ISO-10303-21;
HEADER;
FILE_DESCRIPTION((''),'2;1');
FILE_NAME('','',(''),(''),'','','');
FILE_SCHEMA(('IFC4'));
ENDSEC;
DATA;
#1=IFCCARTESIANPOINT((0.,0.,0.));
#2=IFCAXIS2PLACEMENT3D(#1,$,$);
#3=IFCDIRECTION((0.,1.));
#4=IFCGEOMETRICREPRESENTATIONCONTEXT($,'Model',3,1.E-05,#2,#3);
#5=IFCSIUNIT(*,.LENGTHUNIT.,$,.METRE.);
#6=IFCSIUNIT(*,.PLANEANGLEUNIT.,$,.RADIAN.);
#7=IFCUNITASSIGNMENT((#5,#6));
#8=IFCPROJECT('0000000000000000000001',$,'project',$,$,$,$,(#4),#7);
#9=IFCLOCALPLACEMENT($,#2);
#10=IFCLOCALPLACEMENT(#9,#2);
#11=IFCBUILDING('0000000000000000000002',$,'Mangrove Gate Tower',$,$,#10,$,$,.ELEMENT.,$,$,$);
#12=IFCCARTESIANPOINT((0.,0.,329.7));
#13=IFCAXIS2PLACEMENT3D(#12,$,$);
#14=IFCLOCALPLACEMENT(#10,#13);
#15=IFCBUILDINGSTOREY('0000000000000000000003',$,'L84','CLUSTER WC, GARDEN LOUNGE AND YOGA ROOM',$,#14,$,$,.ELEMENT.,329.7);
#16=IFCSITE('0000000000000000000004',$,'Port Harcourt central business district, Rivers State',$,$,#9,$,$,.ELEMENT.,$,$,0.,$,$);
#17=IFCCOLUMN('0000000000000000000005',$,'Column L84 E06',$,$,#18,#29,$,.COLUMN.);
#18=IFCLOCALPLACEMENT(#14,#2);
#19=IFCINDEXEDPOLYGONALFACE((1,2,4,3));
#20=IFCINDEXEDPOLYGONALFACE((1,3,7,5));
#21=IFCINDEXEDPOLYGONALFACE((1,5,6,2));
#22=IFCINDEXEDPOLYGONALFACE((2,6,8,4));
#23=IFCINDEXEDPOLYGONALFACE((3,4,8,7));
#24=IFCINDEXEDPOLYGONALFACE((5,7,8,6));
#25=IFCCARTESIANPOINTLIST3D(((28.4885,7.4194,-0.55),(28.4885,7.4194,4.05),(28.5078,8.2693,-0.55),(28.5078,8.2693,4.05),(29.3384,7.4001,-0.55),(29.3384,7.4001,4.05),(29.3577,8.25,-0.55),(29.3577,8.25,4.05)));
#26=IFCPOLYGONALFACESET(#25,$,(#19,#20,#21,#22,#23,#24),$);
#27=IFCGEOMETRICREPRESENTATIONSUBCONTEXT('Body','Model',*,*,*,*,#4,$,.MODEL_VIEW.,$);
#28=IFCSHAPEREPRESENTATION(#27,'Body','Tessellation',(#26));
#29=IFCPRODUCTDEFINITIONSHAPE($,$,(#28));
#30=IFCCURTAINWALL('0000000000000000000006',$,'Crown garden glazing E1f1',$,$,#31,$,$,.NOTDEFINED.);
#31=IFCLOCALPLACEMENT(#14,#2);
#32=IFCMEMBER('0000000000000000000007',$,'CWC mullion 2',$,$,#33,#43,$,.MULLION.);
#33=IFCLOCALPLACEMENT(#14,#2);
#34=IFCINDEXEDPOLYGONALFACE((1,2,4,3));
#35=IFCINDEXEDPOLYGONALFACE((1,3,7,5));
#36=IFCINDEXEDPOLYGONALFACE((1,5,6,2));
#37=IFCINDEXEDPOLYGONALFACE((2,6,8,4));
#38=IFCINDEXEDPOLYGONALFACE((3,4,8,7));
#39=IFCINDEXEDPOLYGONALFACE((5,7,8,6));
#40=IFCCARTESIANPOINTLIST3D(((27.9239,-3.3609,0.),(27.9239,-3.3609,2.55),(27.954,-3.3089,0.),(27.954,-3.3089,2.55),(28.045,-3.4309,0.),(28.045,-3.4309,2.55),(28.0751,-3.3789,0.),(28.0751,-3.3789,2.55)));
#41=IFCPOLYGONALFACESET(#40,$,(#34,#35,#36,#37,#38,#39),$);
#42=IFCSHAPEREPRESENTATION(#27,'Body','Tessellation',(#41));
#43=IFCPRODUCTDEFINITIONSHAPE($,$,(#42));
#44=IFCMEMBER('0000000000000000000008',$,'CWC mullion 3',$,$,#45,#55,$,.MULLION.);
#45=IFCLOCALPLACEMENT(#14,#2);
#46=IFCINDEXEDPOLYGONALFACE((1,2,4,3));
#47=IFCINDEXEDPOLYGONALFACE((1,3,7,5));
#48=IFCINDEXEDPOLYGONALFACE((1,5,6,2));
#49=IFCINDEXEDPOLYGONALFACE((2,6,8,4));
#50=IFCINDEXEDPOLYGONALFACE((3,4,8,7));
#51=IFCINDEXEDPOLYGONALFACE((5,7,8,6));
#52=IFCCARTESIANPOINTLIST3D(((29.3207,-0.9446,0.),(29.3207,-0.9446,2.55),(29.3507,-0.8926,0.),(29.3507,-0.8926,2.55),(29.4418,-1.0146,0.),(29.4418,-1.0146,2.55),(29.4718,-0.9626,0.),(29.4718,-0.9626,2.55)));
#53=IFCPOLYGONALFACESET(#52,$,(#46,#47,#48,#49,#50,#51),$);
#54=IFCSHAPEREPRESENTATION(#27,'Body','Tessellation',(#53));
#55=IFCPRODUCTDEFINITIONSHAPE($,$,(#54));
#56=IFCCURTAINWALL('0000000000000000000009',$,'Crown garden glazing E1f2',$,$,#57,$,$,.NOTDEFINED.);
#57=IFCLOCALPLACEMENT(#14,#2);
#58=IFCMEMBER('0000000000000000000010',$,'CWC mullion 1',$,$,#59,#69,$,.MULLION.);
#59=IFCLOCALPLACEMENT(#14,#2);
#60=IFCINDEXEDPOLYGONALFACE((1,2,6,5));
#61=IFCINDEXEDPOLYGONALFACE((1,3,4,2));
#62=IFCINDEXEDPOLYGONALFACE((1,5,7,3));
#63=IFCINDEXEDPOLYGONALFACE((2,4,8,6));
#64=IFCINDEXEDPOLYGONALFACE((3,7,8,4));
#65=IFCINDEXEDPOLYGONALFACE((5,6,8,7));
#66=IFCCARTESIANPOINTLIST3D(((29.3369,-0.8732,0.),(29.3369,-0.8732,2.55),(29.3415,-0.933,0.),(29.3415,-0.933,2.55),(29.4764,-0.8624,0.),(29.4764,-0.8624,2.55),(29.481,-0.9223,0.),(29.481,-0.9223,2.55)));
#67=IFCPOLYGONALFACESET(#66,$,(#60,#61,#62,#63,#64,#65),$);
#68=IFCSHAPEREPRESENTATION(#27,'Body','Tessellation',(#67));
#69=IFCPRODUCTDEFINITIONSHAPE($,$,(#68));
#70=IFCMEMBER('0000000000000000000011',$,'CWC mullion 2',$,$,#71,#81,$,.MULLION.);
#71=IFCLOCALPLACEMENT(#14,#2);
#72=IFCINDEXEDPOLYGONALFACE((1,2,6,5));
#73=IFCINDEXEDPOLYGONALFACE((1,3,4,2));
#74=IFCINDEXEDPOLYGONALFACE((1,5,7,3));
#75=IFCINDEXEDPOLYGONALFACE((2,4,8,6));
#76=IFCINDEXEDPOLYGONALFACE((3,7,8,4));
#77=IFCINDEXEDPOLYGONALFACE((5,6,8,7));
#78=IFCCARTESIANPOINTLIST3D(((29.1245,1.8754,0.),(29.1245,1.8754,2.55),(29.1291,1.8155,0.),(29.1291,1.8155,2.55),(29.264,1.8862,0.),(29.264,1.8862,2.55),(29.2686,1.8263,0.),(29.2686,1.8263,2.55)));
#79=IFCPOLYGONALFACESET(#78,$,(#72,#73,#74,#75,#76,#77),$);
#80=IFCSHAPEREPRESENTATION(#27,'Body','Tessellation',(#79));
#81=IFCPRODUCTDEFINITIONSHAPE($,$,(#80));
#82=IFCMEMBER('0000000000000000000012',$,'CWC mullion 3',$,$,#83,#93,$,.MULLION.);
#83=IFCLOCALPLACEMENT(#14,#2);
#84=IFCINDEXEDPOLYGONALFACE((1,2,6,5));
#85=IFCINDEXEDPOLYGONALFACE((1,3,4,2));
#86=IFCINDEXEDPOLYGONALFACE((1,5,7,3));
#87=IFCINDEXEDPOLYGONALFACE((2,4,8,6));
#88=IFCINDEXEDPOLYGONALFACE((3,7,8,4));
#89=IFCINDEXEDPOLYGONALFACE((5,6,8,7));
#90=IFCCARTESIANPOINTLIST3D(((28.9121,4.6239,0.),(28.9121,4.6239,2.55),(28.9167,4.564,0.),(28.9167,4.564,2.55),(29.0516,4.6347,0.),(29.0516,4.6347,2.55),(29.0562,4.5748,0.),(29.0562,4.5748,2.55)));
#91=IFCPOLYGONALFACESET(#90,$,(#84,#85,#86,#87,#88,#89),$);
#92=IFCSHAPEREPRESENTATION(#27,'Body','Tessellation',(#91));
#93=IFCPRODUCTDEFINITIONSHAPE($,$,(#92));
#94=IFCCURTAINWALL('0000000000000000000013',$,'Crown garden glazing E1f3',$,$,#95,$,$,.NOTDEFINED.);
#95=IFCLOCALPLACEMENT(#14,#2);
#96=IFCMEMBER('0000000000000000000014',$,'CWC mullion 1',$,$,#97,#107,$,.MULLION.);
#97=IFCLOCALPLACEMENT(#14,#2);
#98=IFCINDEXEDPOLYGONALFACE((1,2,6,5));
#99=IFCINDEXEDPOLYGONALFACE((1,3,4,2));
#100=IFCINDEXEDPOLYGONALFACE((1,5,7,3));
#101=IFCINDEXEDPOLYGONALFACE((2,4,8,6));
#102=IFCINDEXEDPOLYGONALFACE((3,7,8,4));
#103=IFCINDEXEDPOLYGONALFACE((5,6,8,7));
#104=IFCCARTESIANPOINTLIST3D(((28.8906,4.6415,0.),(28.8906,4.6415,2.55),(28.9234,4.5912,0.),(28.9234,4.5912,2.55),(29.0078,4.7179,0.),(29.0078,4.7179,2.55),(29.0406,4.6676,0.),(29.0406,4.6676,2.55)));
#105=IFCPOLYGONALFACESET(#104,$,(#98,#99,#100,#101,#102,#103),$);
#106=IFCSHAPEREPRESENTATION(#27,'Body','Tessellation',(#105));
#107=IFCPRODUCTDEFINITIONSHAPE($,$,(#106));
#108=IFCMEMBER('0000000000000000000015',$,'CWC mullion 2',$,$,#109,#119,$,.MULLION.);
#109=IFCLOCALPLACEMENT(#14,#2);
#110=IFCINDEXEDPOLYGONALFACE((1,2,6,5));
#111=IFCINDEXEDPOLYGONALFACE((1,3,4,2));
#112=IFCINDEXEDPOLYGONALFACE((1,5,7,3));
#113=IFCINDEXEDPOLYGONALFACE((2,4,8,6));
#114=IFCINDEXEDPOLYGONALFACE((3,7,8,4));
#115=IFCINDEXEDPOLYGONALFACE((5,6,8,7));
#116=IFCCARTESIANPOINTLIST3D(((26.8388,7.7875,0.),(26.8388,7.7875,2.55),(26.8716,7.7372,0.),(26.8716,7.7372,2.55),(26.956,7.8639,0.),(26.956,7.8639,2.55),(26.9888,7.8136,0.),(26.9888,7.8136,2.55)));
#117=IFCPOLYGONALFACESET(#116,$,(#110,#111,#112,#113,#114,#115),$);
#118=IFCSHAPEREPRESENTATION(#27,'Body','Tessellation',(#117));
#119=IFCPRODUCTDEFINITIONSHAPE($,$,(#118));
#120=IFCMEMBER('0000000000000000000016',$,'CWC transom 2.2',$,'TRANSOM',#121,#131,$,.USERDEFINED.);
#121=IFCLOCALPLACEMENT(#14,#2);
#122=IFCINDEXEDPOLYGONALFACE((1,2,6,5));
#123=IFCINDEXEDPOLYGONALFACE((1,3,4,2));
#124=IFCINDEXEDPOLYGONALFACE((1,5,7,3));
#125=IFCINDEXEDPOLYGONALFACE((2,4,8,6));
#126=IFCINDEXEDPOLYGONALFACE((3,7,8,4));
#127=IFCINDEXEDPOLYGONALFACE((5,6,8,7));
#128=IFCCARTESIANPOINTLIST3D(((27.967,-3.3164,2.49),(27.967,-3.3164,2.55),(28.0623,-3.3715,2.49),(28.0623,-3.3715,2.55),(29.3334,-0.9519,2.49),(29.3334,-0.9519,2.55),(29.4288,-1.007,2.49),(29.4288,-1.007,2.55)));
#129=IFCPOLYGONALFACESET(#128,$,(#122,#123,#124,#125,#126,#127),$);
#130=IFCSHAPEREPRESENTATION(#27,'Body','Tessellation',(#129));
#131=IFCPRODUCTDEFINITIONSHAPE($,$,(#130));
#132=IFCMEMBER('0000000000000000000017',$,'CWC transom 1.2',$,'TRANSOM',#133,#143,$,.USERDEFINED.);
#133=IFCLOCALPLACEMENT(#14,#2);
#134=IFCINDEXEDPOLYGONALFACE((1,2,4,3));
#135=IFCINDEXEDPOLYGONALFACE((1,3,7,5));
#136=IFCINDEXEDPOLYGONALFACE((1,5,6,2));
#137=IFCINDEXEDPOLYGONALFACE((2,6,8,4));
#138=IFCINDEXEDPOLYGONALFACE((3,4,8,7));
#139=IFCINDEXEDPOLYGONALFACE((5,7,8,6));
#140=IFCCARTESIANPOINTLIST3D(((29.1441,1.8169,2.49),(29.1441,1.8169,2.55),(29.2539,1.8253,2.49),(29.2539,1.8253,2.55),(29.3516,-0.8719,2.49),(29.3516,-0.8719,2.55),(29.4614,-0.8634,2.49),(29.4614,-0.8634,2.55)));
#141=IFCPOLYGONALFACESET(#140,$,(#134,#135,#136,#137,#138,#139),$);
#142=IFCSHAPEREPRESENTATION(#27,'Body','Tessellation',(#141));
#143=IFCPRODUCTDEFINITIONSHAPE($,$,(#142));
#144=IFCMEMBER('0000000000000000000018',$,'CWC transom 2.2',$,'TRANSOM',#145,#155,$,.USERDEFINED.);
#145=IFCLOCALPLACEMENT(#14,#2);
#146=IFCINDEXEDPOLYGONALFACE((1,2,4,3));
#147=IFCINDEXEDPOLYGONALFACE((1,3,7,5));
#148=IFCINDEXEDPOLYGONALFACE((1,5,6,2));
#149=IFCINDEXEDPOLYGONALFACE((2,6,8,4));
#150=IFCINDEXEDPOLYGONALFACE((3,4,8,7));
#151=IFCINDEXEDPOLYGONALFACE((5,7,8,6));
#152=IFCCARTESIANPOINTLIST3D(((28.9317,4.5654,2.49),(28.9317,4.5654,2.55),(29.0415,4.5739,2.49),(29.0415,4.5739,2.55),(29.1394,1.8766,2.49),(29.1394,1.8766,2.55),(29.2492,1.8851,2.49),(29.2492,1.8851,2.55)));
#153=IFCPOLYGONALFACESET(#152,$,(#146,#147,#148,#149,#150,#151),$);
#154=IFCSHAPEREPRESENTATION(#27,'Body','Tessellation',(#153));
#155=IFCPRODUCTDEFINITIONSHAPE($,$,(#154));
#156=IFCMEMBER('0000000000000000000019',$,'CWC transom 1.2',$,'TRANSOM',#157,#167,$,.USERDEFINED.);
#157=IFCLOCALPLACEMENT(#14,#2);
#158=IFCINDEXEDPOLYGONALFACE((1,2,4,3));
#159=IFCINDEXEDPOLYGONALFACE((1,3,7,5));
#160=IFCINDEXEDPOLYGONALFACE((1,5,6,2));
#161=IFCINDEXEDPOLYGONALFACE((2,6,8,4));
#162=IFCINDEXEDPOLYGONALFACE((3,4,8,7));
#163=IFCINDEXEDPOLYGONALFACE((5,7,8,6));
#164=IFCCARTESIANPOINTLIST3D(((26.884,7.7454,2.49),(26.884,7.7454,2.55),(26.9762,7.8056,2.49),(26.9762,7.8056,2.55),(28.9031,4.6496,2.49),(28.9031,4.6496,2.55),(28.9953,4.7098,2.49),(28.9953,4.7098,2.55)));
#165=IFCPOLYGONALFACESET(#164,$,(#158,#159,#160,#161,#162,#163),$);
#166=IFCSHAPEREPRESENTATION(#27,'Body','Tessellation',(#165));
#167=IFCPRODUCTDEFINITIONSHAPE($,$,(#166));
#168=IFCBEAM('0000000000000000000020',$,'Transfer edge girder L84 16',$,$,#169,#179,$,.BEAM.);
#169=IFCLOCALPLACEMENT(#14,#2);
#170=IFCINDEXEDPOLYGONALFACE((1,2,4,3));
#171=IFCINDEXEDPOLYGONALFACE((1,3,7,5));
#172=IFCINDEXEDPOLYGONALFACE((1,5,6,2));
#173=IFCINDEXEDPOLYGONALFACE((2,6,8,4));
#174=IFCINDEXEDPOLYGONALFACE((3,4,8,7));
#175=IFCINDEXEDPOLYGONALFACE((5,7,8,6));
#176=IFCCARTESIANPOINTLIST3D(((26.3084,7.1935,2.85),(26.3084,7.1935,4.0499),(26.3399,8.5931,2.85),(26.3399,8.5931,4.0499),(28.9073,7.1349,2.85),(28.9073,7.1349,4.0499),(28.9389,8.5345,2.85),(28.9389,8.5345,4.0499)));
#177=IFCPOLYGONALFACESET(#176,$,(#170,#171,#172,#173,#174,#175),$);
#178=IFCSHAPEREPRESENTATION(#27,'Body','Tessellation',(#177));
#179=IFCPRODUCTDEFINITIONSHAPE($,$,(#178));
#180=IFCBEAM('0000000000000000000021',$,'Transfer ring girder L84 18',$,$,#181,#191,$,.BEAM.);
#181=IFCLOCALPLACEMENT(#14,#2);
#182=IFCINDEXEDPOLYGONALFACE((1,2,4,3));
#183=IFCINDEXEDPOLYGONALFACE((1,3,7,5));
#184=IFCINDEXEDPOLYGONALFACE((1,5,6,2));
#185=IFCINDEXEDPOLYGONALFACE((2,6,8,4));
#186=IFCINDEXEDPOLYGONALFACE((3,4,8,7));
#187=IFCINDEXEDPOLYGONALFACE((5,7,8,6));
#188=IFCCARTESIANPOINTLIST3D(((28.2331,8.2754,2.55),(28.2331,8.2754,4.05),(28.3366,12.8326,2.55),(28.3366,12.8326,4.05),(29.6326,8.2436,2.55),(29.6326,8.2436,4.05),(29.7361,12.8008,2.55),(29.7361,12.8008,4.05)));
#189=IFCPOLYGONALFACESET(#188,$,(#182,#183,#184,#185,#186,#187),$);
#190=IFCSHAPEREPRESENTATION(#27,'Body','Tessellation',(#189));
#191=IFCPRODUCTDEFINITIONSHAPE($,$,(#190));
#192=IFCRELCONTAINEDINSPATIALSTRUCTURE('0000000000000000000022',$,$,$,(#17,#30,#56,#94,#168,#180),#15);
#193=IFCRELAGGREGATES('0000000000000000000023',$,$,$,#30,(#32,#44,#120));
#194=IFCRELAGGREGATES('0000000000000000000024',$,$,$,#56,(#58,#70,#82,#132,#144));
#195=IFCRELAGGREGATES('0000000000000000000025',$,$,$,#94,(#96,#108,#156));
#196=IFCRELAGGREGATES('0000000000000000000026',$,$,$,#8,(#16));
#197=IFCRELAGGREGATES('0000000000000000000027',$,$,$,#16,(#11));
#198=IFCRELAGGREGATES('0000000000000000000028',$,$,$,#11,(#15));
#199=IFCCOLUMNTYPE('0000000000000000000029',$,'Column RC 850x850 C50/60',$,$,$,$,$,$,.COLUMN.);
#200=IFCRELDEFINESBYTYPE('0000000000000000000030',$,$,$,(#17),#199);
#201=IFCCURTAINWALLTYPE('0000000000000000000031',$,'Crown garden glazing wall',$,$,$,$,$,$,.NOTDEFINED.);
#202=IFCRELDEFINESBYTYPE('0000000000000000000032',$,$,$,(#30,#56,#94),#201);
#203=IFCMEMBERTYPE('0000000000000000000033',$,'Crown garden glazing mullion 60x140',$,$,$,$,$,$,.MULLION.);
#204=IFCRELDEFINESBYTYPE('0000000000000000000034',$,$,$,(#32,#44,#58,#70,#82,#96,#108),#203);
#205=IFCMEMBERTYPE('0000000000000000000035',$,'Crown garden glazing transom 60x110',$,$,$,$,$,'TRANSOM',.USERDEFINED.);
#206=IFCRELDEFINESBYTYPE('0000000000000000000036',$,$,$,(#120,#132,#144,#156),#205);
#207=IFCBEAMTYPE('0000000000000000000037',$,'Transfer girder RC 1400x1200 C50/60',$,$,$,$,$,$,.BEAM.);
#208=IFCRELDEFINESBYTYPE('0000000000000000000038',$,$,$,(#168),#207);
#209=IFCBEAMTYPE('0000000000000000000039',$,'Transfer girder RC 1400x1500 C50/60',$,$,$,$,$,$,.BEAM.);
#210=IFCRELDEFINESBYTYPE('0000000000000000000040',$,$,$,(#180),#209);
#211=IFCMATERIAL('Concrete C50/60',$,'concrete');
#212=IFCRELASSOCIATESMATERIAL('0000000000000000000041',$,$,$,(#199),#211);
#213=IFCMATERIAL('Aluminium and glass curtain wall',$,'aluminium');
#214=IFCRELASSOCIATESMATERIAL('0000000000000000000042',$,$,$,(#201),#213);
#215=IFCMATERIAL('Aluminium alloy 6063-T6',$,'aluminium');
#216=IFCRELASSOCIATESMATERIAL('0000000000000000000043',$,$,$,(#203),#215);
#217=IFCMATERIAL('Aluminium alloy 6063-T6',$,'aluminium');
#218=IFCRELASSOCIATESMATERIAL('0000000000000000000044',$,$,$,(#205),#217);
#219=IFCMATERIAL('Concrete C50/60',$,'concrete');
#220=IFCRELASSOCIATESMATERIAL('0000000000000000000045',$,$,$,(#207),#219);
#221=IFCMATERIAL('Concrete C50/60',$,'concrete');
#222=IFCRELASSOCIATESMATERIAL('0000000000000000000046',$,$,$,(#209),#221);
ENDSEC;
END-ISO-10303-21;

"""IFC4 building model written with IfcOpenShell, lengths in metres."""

from ifc_helpers import new_model, si_unit, direction, frame, origin, origin_2d, place, context, subcontext, project, spatial, rectangle, extrude, material, material_profile, profile_set, type_object, element, aggregate, save


model = new_model("IFC4")

# Units and contexts
model_context = context("Model", 3, precision=1e-05, world=origin(), true_north=direction((0.0, 1.0)))
body_context = subcontext(model_context, "Body", "Model", "MODEL_VIEW")
ifc_project = project(units=[si_unit("LENGTHUNIT", "METRE"), si_unit("PLANEANGLEUNIT", "RADIAN")], contexts=[model_context])

# Site, building, storey
site_placement = place(None, origin())
site = spatial("IfcSite", under=ifc_project, at=site_placement, Name="Port Harcourt central business district, Rivers State", CompositionType="ELEMENT", RefElevation=0.0)
building_placement = place(site_placement, origin())
building = spatial("IfcBuilding", under=site, at=building_placement, Name="Mangrove Gate Tower", CompositionType="ELEMENT")
storey_placement = place(building_placement, frame((0.0, 0.0, 329.7)))
storey = spatial("IfcBuildingStorey", under=building, at=storey_placement, Name="L84", Description="CLUSTER WC, GARDEN LOUNGE AND YOGA ROOM", CompositionType="ELEMENT", Elevation=329.7)

# Column
ifc_material_1 = material(Name="Concrete C50/60", Category="concrete")
ifc_material_profile_1 = material_profile(ifc_material_1, rectangle(XDim=0.8501, YDim=0.8501, at=origin_2d()))
ifc_profile_set_1 = profile_set([ifc_material_profile_1], Name="Concrete C50/60")
column_type = type_object("IfcColumnType", Name="Column RC 850x850 C50/60", PredefinedType="COLUMN", material=ifc_profile_set_1)
column_placement = place(storey_placement, frame((28.9231, 7.8347, -0.55), z_axis=(0.0, 0.0, 1.0), x_axis=(0.022705, 0.999742, 0.0)))
element("IfcColumn", 1, at=column_placement, inside=storey, type_object=column_type, Name="Column L84 E06", PredefinedType="COLUMN", context=body_context, shape_type="SweptSolid", body=[
    extrude(rectangle(XDim=0.8501, YDim=0.8501, at=origin_2d()), origin(), (0.0, 0.0, 1.0), 4.6001),
])

# Curtain walls, members
ifc_material_2 = material(Name="Aluminium and glass curtain wall", Category="aluminium")
curtain_wall_type = type_object("IfcCurtainWallType", Name="Crown garden glazing wall", PredefinedType="NOTDEFINED", material=ifc_material_2)
curtain_wall_1_placement = place(storey_placement, origin())
curtain_wall_1 = element("IfcCurtainWall", 2, at=curtain_wall_1_placement, inside=storey, type_object=curtain_wall_type, Name="Crown garden glazing E1f1", PredefinedType="NOTDEFINED")
ifc_material_3 = material(Name="Aluminium alloy 6063-T6", Category="aluminium")
ifc_material_profile_2 = material_profile(ifc_material_3, rectangle(XDim=0.0601, YDim=0.1399, at=origin_2d()))
ifc_profile_set_2 = profile_set([ifc_material_profile_2], Name="Aluminium alloy 6063-T6")
member_type_1 = type_object("IfcMemberType", Name="Crown garden glazing mullion 60x140", PredefinedType="MULLION", material=ifc_profile_set_2)
member_1_placement = place(storey_placement, frame((27.9995, -3.3699, 0.0), z_axis=(0.0, 0.0, 1.0), x_axis=(0.500418, 0.865784, 0.0)))
member_1 = element("IfcMember", 3, at=member_1_placement, type_object=member_type_1, Name="CWC mullion 2", PredefinedType="MULLION", context=body_context, shape_type="SweptSolid", body=[
    extrude(rectangle(XDim=0.0601, YDim=0.1399, at=origin_2d()), origin(), (0.0, 0.0, 1.0), 2.55),
])
member_2_placement = place(storey_placement, frame((29.3962, -0.9536, 0.0), z_axis=(0.0, 0.0, 1.0), x_axis=(0.500418, 0.865784, 0.0)))
member_2 = element("IfcMember", 4, at=member_2_placement, type_object=member_type_1, Name="CWC mullion 3", PredefinedType="MULLION", context=body_context, shape_type="SweptSolid", body=[
    extrude(rectangle(XDim=0.0601, YDim=0.1399, at=origin_2d()), origin(), (0.0, 0.0, 1.0), 2.55),
])
curtain_wall_2_placement = place(storey_placement, origin())
curtain_wall_2 = element("IfcCurtainWall", 5, at=curtain_wall_2_placement, inside=storey, type_object=curtain_wall_type, Name="Crown garden glazing E1f2", PredefinedType="NOTDEFINED")
member_3_placement = place(storey_placement, frame((29.4089, -0.8977, 0.0), z_axis=(0.0, 0.0, 1.0), x_axis=(-0.077023, 0.997029, 0.0)))
member_3 = element("IfcMember", 6, at=member_3_placement, type_object=member_type_1, Name="CWC mullion 1", PredefinedType="MULLION", context=body_context, shape_type="SweptSolid", body=[
    extrude(rectangle(XDim=0.0601, YDim=0.1399, at=origin_2d()), origin(), (0.0, 0.0, 1.0), 2.55),
])
member_4_placement = place(storey_placement, frame((29.1965, 1.8508, 0.0), z_axis=(0.0, 0.0, 1.0), x_axis=(-0.077023, 0.997029, 0.0)))
member_4 = element("IfcMember", 7, at=member_4_placement, type_object=member_type_1, Name="CWC mullion 2", PredefinedType="MULLION", context=body_context, shape_type="SweptSolid", body=[
    extrude(rectangle(XDim=0.0601, YDim=0.1399, at=origin_2d()), origin(), (0.0, 0.0, 1.0), 2.55),
])
member_5_placement = place(storey_placement, frame((28.9841, 4.5994, 0.0), z_axis=(0.0, 0.0, 1.0), x_axis=(-0.077023, 0.997029, 0.0)))
member_5 = element("IfcMember", 8, at=member_5_placement, type_object=member_type_1, Name="CWC mullion 3", PredefinedType="MULLION", context=body_context, shape_type="SweptSolid", body=[
    extrude(rectangle(XDim=0.0601, YDim=0.1399, at=origin_2d()), origin(), (0.0, 0.0, 1.0), 2.55),
])
curtain_wall_3_placement = place(storey_placement, origin())
curtain_wall_3 = element("IfcCurtainWall", 9, at=curtain_wall_3_placement, inside=storey, type_object=curtain_wall_type, Name="Crown garden glazing E1f3", PredefinedType="NOTDEFINED")
member_6_placement = place(storey_placement, frame((28.9656, 4.6545, 0.0), z_axis=(0.0, 0.0, 1.0), x_axis=(-0.546235, 0.837632, 0.0)))
member_6 = element("IfcMember", 10, at=member_6_placement, type_object=member_type_1, Name="CWC mullion 1", PredefinedType="MULLION", context=body_context, shape_type="SweptSolid", body=[
    extrude(rectangle(XDim=0.0601, YDim=0.1399, at=origin_2d()), origin(), (0.0, 0.0, 1.0), 2.55),
])
member_7_placement = place(storey_placement, frame((26.9138, 7.8005, 0.0), z_axis=(0.0, 0.0, 1.0), x_axis=(-0.546235, 0.837632, 0.0)))
member_7 = element("IfcMember", 11, at=member_7_placement, type_object=member_type_1, Name="CWC mullion 2", PredefinedType="MULLION", context=body_context, shape_type="SweptSolid", body=[
    extrude(rectangle(XDim=0.0601, YDim=0.1399, at=origin_2d()), origin(), (0.0, 0.0, 1.0), 2.55),
])

# Members
ifc_material_4 = material(Name="Aluminium alloy 6063-T6", Category="aluminium")
ifc_material_profile_3 = material_profile(ifc_material_4, rectangle(XDim=0.0601, YDim=0.1101, at=origin_2d()))
ifc_profile_set_3 = profile_set([ifc_material_profile_3], Name="Aluminium alloy 6063-T6")
member_type_2 = type_object("IfcMemberType", Name="Crown garden glazing transom 60x110", ElementType="TRANSOM", PredefinedType="USERDEFINED", material=ifc_profile_set_3)
member_8_placement = place(storey_placement, frame((28.0146, -3.344, 2.52), z_axis=(0.50036, 0.865818, 0.0), x_axis=(0.0, 0.0, 1.0)))
member_8 = element("IfcMember", 12, at=member_8_placement, type_object=member_type_2, Name="CWC transom 2.2", ObjectType="TRANSOM", PredefinedType="USERDEFINED", context=body_context, shape_type="SweptSolid", body=[
    extrude(rectangle(XDim=0.0601, YDim=0.1101, at=origin_2d()), origin(), (0.0, 0.0, 1.0), 2.731),
])
member_9_placement = place(storey_placement, frame((29.4065, -0.8677, 2.52), z_axis=(-0.076953, 0.997035, 0.0), x_axis=(0.0, 0.0, 1.0)))
member_9 = element("IfcMember", 13, at=member_9_placement, type_object=member_type_2, Name="CWC transom 1.2", ObjectType="TRANSOM", PredefinedType="USERDEFINED", context=body_context, shape_type="SweptSolid", body=[
    extrude(rectangle(XDim=0.0601, YDim=0.1101, at=origin_2d()), origin(), (0.0, 0.0, 1.0), 2.6968),
])
member_10_placement = place(storey_placement, frame((29.1943, 1.8809, 2.52), z_axis=(-0.077043, 0.997028, 0.0), x_axis=(0.0, 0.0, 1.0)))
member_10 = element("IfcMember", 14, at=member_10_placement, type_object=member_type_2, Name="CWC transom 2.2", ObjectType="TRANSOM", PredefinedType="USERDEFINED", context=body_context, shape_type="SweptSolid", body=[
    extrude(rectangle(XDim=0.0601, YDim=0.1101, at=origin_2d()), origin(), (0.0, 0.0, 1.0), 2.6968),
])
member_11_placement = place(storey_placement, frame((28.9492, 4.6797, 2.52), z_axis=(-0.546288, 0.837597, 0.0), x_axis=(0.0, 0.0, 1.0)))
member_11 = element("IfcMember", 15, at=member_11_placement, type_object=member_type_2, Name="CWC transom 1.2", ObjectType="TRANSOM", PredefinedType="USERDEFINED", context=body_context, shape_type="SweptSolid", body=[
    extrude(rectangle(XDim=0.0601, YDim=0.1101, at=origin_2d()), origin(), (0.0, 0.0, 1.0), 3.696),
])

# Beams
ifc_material_5 = material(Name="Concrete C50/60", Category="concrete")
ifc_material_profile_4 = material_profile(ifc_material_5, rectangle(XDim=1.3999, YDim=1.2, at=origin_2d()))
ifc_profile_set_4 = profile_set([ifc_material_profile_4], Name="Concrete C50/60")
beam_type_1 = type_object("IfcBeamType", Name="Transfer girder RC 1400x1200 C50/60", PredefinedType="BEAM", material=ifc_profile_set_4)
beam_1_placement = place(storey_placement, frame((28.9231, 7.8347, 3.45), z_axis=(-0.999746, 0.02254, 0.0), x_axis=(-0.02254, -0.999746, 0.0)))
element("IfcBeam", 16, at=beam_1_placement, inside=storey, type_object=beam_type_1, Name="Transfer edge girder L84 16", PredefinedType="BEAM", context=body_context, shape_type="SweptSolid", body=[
    extrude(rectangle(XDim=1.3999, YDim=1.2, at=origin_2d()), origin(), (0.0, 0.0, 1.0), 2.5996),
])
ifc_material_6 = material(Name="Concrete C50/60", Category="concrete")
ifc_material_profile_5 = material_profile(ifc_material_6, rectangle(XDim=1.3999, YDim=1.5, at=origin_2d()))
ifc_profile_set_5 = profile_set([ifc_material_profile_5], Name="Concrete C50/60")
beam_type_2 = type_object("IfcBeamType", Name="Transfer girder RC 1400x1500 C50/60", PredefinedType="BEAM", material=ifc_profile_set_5)
beam_2_placement = place(storey_placement, frame((28.9329, 8.2595, 3.3), z_axis=(0.022709, 0.999742, 0.0), x_axis=(-0.999742, 0.022709, 0.0)))
element("IfcBeam", 17, at=beam_2_placement, inside=storey, type_object=beam_type_2, Name="Transfer ring girder L84 18", PredefinedType="BEAM", context=body_context, shape_type="SweptSolid", body=[
    extrude(rectangle(XDim=1.3999, YDim=1.5, at=origin_2d()), origin(), (0.0, 0.0, 1.0), 4.5583),
])

aggregate(curtain_wall_1, [member_1, member_2, member_8])
aggregate(curtain_wall_2, [member_3, member_4, member_5, member_9, member_10])
aggregate(curtain_wall_3, [member_6, member_7, member_11])

save(model, "model.ifc")
